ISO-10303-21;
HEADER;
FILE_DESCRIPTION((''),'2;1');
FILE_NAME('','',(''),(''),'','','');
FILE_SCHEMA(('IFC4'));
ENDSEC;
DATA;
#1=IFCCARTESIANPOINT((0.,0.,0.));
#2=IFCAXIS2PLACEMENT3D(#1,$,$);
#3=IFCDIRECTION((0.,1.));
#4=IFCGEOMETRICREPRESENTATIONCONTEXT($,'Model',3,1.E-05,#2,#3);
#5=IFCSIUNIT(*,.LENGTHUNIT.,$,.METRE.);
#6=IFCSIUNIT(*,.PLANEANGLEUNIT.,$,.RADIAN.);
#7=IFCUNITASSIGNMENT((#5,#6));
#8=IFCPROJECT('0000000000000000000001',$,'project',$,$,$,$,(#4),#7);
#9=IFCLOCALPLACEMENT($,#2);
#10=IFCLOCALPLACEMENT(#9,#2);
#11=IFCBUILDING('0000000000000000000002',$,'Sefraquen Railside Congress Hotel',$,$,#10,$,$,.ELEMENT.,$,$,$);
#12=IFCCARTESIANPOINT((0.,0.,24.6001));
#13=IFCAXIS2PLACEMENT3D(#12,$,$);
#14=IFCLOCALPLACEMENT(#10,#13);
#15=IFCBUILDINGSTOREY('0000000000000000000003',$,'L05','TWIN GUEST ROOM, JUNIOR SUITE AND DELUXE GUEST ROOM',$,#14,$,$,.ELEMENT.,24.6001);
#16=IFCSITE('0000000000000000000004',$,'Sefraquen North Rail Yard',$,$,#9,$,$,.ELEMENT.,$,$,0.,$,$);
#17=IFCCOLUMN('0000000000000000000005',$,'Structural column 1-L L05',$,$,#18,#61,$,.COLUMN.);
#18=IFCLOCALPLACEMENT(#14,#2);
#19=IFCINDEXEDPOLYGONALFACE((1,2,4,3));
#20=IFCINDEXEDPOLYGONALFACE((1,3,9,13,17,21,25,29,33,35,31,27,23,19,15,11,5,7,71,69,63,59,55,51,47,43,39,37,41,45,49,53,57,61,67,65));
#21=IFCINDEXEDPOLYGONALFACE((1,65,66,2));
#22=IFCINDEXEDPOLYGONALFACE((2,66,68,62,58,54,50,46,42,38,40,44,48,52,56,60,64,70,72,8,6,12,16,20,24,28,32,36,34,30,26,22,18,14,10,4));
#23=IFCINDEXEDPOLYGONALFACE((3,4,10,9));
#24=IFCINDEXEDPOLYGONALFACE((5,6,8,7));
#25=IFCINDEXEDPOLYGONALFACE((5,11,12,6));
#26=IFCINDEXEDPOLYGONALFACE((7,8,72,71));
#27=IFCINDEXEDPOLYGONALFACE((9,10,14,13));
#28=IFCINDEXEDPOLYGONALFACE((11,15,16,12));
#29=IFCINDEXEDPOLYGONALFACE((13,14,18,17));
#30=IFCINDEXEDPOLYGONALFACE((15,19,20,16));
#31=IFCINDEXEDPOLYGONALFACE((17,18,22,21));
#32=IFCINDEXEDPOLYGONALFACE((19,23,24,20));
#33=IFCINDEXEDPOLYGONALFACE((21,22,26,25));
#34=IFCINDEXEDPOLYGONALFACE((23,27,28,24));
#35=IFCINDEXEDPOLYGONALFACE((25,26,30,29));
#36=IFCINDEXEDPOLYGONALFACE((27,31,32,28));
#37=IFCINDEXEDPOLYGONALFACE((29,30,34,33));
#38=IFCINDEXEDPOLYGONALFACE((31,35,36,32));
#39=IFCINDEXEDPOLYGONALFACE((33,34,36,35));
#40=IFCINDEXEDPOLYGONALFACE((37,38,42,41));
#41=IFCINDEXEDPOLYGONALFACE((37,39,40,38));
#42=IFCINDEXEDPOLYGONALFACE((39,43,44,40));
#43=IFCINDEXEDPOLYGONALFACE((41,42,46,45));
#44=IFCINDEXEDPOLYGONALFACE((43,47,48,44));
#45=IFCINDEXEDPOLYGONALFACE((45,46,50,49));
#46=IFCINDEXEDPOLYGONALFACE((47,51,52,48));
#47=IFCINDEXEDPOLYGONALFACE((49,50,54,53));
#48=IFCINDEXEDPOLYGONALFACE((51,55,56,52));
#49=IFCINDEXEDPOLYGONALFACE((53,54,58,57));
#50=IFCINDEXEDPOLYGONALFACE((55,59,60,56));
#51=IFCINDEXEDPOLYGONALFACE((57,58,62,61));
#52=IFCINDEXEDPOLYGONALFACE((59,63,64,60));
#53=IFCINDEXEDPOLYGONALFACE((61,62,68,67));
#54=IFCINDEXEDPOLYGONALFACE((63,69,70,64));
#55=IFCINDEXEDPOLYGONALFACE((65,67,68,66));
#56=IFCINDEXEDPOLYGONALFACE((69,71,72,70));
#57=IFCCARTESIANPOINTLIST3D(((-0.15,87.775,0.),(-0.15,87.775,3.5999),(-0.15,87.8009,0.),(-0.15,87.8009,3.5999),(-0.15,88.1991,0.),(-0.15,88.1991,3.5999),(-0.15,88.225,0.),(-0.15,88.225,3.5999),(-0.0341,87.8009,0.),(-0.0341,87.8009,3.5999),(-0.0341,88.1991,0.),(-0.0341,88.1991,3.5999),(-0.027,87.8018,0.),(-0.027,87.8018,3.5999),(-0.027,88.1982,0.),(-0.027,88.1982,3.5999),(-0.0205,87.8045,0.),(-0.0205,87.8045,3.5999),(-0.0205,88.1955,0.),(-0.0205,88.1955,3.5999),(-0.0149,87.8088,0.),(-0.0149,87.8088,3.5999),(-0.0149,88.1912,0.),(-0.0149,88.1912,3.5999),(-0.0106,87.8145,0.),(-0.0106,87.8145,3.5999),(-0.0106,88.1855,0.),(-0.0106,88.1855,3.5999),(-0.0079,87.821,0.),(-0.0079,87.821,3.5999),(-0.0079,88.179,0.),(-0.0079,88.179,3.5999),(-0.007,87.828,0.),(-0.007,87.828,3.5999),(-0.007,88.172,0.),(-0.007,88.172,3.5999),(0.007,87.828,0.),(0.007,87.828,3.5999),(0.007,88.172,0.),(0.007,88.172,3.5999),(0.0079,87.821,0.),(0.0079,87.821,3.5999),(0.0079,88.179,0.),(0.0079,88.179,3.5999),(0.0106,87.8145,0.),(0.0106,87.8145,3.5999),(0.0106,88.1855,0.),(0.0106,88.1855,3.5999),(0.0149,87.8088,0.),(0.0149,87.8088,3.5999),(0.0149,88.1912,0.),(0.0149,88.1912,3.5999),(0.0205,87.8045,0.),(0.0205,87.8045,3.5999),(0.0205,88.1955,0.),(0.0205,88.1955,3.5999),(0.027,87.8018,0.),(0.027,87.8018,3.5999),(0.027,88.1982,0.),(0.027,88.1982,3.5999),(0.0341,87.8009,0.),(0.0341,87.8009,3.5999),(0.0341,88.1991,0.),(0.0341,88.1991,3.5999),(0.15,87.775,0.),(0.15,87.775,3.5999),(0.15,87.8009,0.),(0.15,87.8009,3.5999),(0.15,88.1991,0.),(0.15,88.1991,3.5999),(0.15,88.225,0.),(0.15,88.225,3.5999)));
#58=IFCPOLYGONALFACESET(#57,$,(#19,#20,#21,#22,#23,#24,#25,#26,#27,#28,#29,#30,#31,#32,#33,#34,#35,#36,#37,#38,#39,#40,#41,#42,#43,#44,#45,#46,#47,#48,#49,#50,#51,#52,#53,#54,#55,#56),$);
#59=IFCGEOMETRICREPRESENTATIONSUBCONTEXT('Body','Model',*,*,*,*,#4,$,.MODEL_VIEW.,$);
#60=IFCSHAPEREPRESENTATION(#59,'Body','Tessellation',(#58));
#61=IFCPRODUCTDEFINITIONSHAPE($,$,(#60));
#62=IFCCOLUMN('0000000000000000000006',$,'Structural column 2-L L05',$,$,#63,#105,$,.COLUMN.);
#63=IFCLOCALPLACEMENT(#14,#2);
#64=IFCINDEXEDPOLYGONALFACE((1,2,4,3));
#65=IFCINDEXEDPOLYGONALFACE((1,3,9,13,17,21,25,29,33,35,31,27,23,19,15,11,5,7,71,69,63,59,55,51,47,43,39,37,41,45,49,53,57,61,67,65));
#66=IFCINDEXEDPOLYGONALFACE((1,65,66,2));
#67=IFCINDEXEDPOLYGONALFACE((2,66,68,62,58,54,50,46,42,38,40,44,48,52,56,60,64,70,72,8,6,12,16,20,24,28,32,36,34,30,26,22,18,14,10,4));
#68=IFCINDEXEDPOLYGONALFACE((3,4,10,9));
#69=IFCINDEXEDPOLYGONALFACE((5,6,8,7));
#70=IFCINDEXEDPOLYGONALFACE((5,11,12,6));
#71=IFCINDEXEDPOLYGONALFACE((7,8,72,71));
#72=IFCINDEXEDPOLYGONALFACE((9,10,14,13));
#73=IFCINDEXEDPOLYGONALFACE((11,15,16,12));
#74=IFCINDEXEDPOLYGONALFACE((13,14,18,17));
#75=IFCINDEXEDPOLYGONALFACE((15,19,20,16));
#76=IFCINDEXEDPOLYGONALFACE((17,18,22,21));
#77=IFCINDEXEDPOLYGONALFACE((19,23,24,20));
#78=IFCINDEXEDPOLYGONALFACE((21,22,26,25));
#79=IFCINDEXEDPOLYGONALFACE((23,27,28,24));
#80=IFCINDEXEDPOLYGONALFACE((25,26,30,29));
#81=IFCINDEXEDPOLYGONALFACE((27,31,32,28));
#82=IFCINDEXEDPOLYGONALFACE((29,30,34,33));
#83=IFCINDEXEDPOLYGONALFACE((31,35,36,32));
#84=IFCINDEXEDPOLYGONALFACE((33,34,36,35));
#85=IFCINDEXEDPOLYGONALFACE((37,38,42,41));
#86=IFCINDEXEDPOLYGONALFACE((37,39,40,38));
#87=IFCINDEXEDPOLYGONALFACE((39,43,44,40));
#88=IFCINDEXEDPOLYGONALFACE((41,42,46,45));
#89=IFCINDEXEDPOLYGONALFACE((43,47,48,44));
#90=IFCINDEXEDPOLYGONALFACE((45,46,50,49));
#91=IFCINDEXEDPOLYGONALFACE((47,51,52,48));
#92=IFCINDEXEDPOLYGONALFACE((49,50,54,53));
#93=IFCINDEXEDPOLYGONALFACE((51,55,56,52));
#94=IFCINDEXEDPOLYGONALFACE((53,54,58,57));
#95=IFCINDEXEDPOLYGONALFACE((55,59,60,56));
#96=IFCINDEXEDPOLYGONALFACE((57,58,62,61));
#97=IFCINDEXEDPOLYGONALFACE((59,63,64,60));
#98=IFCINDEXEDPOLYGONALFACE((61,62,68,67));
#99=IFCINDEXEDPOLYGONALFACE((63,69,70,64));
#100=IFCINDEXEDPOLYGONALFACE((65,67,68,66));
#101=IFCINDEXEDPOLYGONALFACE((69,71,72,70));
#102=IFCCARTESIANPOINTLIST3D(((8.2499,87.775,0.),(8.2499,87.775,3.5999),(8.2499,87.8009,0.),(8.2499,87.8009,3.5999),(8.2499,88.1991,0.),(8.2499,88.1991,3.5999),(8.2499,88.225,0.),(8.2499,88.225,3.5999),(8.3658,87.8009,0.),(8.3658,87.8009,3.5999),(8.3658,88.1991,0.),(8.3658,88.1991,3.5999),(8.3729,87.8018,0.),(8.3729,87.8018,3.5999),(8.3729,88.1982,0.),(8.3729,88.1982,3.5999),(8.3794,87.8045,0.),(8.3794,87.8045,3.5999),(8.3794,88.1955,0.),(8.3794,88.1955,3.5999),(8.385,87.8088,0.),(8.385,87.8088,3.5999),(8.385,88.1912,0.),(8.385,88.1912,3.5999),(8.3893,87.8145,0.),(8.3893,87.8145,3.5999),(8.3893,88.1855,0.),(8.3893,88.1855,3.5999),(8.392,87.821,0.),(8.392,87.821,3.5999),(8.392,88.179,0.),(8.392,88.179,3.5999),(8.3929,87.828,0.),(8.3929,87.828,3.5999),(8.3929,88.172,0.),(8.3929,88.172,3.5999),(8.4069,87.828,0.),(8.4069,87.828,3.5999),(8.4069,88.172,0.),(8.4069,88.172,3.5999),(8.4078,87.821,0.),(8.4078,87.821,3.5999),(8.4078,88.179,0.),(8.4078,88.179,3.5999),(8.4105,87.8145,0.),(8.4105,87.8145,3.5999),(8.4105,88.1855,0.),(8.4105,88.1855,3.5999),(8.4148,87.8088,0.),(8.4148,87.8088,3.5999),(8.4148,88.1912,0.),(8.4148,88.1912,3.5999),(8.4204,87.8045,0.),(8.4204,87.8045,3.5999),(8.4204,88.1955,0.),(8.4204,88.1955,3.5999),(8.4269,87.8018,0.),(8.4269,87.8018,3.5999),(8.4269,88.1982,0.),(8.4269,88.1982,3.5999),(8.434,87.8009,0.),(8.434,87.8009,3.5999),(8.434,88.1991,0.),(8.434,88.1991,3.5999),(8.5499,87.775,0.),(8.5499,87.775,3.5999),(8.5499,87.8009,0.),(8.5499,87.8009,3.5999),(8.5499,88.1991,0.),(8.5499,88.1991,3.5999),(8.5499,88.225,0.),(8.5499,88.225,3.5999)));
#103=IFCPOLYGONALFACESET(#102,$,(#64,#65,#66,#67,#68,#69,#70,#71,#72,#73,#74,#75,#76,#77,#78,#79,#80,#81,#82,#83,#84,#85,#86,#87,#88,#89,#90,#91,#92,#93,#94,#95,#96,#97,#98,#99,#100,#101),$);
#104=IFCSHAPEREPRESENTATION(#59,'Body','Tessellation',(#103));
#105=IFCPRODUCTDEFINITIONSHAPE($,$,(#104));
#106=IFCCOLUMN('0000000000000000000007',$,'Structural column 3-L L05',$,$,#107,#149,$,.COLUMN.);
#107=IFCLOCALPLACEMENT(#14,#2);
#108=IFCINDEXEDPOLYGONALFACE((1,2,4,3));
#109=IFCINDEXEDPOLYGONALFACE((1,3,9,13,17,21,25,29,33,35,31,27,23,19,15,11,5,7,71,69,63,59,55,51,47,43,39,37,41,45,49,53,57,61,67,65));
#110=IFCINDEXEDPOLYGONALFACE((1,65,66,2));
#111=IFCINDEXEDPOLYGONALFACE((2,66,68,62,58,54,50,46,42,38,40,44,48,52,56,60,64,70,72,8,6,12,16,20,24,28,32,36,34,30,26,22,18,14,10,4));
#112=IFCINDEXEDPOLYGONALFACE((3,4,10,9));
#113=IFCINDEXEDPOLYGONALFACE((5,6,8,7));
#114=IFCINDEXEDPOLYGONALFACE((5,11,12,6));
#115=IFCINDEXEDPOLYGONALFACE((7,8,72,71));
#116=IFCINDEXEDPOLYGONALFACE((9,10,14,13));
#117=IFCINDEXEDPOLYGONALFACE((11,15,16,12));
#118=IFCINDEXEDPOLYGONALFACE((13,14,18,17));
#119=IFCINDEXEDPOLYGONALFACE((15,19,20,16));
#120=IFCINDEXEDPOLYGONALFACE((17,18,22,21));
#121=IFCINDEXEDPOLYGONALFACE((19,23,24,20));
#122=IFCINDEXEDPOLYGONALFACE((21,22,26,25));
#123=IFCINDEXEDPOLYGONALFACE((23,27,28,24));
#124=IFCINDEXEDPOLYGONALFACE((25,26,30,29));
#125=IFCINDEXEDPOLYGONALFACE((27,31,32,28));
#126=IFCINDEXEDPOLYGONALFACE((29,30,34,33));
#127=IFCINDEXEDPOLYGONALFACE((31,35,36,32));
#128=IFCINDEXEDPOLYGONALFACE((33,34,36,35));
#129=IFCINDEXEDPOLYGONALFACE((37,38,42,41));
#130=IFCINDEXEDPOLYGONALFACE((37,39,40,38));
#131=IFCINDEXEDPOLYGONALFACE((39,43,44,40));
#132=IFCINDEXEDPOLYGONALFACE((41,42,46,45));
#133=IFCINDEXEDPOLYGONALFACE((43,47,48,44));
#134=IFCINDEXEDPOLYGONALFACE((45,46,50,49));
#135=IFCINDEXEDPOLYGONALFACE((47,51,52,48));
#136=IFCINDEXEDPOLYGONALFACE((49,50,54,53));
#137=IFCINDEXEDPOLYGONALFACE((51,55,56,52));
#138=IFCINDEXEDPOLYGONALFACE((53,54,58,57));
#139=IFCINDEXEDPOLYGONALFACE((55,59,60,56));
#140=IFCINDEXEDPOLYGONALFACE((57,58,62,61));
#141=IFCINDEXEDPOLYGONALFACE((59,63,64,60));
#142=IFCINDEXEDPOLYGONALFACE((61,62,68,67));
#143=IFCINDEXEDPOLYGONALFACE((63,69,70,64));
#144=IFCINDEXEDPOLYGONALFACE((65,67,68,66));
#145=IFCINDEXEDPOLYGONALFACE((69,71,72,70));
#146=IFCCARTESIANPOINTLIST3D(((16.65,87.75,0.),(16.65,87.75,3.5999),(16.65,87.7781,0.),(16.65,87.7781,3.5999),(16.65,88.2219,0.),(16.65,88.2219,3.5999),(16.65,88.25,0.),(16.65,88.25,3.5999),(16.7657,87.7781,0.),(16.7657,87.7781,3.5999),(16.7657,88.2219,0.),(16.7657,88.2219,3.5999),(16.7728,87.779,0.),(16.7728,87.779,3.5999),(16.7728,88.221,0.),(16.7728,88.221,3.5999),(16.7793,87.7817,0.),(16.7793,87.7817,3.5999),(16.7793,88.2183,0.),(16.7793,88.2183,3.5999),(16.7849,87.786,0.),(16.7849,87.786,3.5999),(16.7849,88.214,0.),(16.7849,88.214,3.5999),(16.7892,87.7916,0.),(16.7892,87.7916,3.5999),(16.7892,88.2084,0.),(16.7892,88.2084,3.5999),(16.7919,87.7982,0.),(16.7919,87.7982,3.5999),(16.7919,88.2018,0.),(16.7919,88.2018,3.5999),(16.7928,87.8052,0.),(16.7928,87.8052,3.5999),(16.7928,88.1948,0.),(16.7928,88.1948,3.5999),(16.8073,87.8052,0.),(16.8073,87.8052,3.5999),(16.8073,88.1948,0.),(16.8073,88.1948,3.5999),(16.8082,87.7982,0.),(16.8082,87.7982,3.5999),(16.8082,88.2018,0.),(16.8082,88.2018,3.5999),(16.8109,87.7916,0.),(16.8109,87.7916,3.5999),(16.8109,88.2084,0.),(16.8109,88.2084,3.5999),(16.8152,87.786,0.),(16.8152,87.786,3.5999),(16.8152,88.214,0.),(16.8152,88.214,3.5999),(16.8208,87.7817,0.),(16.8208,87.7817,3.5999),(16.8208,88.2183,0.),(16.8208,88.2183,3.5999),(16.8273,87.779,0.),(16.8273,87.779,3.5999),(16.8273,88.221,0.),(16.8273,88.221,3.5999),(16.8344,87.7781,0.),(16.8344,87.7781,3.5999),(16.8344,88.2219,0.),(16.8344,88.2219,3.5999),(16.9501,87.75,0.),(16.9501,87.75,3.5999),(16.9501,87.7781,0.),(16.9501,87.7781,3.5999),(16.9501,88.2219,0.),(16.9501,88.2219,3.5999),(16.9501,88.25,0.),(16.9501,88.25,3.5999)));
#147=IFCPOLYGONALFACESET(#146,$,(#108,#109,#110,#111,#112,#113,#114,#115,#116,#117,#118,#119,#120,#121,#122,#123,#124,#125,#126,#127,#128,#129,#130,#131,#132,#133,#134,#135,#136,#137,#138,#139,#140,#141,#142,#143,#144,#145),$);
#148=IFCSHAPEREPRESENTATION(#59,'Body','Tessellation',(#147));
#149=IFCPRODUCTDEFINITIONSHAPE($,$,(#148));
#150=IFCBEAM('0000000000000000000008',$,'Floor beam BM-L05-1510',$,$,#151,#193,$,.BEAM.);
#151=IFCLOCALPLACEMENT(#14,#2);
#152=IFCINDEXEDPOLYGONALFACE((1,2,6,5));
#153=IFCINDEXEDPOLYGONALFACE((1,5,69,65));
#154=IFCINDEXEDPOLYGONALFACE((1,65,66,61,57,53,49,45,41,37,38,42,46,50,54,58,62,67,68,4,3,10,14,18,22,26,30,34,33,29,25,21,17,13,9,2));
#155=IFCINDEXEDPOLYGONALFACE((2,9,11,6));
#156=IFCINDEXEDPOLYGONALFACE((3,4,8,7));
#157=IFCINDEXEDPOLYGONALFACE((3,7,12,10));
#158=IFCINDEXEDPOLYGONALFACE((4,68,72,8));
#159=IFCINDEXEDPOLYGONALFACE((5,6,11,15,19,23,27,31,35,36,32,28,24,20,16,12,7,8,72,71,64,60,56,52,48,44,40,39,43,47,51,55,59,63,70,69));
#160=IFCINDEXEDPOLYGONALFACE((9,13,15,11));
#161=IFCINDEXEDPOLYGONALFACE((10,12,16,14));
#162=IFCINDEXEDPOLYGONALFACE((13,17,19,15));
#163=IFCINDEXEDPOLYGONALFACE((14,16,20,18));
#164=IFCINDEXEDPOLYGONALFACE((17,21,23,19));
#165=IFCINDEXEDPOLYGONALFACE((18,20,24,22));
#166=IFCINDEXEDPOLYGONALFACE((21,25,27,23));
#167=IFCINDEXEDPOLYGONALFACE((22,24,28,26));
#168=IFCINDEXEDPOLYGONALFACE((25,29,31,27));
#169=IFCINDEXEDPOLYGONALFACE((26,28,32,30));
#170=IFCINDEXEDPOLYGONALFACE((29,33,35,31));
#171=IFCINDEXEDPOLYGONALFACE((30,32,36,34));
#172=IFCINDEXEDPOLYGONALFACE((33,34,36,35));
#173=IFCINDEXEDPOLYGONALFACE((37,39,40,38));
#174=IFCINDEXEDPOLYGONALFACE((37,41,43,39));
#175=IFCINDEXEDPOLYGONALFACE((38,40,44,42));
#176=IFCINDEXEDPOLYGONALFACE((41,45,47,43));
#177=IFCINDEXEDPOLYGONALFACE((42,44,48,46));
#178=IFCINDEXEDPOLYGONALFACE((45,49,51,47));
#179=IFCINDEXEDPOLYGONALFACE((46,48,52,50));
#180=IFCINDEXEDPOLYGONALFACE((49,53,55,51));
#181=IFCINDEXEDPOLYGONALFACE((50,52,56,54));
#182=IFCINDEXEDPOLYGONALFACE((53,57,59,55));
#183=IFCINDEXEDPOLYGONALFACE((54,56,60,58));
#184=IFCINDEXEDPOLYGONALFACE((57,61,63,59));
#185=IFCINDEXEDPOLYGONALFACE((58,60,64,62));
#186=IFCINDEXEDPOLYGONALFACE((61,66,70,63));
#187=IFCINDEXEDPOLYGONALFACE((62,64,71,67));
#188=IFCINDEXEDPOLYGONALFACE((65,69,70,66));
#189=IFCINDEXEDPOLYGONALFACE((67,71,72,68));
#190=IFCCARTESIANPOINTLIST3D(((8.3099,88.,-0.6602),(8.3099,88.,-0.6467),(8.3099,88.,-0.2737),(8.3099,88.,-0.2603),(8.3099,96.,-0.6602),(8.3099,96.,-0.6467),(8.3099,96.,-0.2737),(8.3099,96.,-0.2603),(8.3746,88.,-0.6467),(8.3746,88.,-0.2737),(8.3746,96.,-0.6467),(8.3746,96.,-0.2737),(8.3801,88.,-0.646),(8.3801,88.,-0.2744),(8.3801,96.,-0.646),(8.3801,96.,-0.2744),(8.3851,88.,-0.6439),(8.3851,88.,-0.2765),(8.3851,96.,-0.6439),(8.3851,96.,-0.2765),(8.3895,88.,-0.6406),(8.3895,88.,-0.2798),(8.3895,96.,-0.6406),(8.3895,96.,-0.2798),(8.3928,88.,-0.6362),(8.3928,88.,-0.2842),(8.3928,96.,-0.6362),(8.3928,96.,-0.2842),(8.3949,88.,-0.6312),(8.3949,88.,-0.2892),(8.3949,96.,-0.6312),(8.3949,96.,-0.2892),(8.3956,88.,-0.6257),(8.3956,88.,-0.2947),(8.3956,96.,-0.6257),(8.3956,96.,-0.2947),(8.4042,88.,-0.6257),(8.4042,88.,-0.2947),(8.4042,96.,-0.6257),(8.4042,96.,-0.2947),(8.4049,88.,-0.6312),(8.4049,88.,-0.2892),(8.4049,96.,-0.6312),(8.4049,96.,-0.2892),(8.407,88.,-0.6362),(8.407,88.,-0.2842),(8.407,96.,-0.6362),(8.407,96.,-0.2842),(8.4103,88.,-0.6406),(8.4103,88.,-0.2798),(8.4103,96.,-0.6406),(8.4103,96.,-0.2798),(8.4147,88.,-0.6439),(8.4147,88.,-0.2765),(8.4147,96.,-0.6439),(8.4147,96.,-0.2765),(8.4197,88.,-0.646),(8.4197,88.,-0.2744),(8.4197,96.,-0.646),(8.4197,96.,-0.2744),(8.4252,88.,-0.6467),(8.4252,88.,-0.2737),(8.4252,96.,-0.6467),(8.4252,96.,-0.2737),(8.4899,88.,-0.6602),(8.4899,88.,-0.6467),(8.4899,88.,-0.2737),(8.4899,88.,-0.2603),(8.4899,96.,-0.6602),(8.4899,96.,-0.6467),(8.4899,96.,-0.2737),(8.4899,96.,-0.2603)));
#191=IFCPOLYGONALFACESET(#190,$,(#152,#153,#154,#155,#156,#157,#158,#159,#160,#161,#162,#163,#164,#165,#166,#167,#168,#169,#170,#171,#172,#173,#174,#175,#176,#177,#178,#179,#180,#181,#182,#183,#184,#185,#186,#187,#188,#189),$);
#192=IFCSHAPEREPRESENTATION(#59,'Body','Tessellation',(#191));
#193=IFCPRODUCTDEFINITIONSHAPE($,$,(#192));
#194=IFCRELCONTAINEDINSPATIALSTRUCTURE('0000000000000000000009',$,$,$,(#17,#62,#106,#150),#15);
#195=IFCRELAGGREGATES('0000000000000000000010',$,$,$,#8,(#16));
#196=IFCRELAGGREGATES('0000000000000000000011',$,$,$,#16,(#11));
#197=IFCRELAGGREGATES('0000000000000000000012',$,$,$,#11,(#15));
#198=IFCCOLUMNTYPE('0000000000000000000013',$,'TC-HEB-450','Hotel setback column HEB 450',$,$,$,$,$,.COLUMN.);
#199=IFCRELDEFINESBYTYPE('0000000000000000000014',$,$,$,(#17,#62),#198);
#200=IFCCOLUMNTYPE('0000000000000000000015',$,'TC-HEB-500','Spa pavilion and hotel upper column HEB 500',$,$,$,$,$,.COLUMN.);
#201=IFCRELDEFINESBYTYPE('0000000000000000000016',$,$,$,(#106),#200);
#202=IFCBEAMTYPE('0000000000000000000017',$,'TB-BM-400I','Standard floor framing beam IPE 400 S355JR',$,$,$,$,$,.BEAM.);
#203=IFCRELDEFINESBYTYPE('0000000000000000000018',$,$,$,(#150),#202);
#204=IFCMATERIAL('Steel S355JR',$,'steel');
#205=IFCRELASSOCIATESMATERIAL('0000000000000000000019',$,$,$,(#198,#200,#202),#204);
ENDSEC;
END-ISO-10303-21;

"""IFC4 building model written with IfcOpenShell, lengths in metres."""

from ifc_helpers import new_model, si_unit, direction, frame, origin, origin_2d, place, context, subcontext, project, spatial, i_section, extrude, material, material_profile, profile_set, type_object, element, save


model = new_model("IFC4")

# Units and contexts
model_context = context("Model", 3, precision=1e-05, world=origin(), true_north=direction((0.0, 1.0)))
body_context = subcontext(model_context, "Body", "Model", "MODEL_VIEW")
ifc_project = project(units=[si_unit("LENGTHUNIT", "METRE"), si_unit("PLANEANGLEUNIT", "RADIAN")], contexts=[model_context])

# Site, building, storey
site_placement = place(None, origin())
site = spatial("IfcSite", under=ifc_project, at=site_placement, Name="Sefraquen North Rail Yard", CompositionType="ELEMENT", RefElevation=0.0)
building_placement = place(site_placement, origin())
building = spatial("IfcBuilding", under=site, at=building_placement, Name="Sefraquen Railside Congress Hotel", CompositionType="ELEMENT")
storey_placement = place(building_placement, frame((0.0, 0.0, 24.6001)))
storey = spatial("IfcBuildingStorey", under=building, at=storey_placement, Name="L05", Description="TWIN GUEST ROOM, JUNIOR SUITE AND DELUXE GUEST ROOM", CompositionType="ELEMENT", Elevation=24.6001)

# Columns
ifc_material_1 = material(Name="Steel S355JR", Category="steel")
ifc_material_profile_1 = material_profile(ifc_material_1, i_section(OverallWidth=0.3, OverallDepth=0.45, WebThickness=0.0139, FlangeThickness=0.0259, FilletRadius=0.0271, at=origin_2d()), Name="HEB 450")
ifc_profile_set_1 = profile_set([ifc_material_profile_1], Name="Steel S355JR")
column_type_1 = type_object("IfcColumnType", Name="TC-HEB-450", Description="Hotel setback column HEB 450", PredefinedType="COLUMN", material=ifc_profile_set_1)
for number, where, z_axis, x_axis, name in (
    (1, (0.0, 88.0, 0.0), (0.0, 0.0, 1.0), (1.0, 0.0, 0.0), "Structural column 1-L L05"),
    (2, (8.3999, 88.0, 0.0), (0.0, 0.0, 1.0), (1.0, 0.0, 0.0), "Structural column 2-L L05"),
):
    element("IfcColumn", number, at=place(storey_placement, frame(where, z_axis=z_axis, x_axis=x_axis)), inside=storey, type_object=column_type_1, Name=name, PredefinedType="COLUMN", context=body_context, shape_type="SweptSolid", body=[
        extrude(i_section(OverallWidth=0.3, OverallDepth=0.45, WebThickness=0.0139, FlangeThickness=0.0259, FilletRadius=0.0271, at=origin_2d()), origin(), (0.0, 0.0, 1.0), 3.5999),
    ])
ifc_material_profile_2 = material_profile(ifc_material_1, i_section(OverallWidth=0.3, OverallDepth=0.5, WebThickness=0.0144, FlangeThickness=0.0281, FilletRadius=0.0271, at=origin_2d()), Name="HEB 500")
ifc_profile_set_2 = profile_set([ifc_material_profile_2], Name="Steel S355JR")
column_type_2 = type_object("IfcColumnType", Name="TC-HEB-500", Description="Spa pavilion and hotel upper column HEB 500", PredefinedType="COLUMN", material=ifc_profile_set_2)
column_placement = place(storey_placement, frame((16.8, 88.0, 0.0), z_axis=(0.0, 0.0, 1.0), x_axis=(1.0, 0.0, 0.0)))
element("IfcColumn", 3, at=column_placement, inside=storey, type_object=column_type_2, Name="Structural column 3-L L05", PredefinedType="COLUMN", context=body_context, shape_type="SweptSolid", body=[
    extrude(i_section(OverallWidth=0.3, OverallDepth=0.5, WebThickness=0.0144, FlangeThickness=0.0281, FilletRadius=0.0271, at=origin_2d()), origin(), (0.0, 0.0, 1.0), 3.5999),
])

# Beam
ifc_material_profile_3 = material_profile(ifc_material_1, i_section(OverallWidth=0.1799, OverallDepth=0.3999, WebThickness=0.0085, FlangeThickness=0.0134, FilletRadius=0.021, at=origin_2d()), Name="IPE 400")
ifc_profile_set_3 = profile_set([ifc_material_profile_3], Name="Steel S355JR")
beam_type_1 = type_object("IfcBeamType", Name="TB-BM-400I", Description="Standard floor framing beam IPE 400 S355JR", PredefinedType="BEAM", material=ifc_profile_set_3)
for number, where, z_axis, x_axis, name in (
    (4, (8.3999, 88.0, -0.4602), (0.0, 1.0, 0.0), (-1.0, 0.0, 0.0), "Floor beam BM-L05-1510"),
):
    element("IfcBeam", number, at=place(storey_placement, frame(where, z_axis=z_axis, x_axis=x_axis)), inside=storey, type_object=beam_type_1, Name=name, PredefinedType="BEAM", context=body_context, shape_type="SweptSolid", body=[
        extrude(i_section(OverallWidth=0.1799, OverallDepth=0.3999, WebThickness=0.0085, FlangeThickness=0.0134, FilletRadius=0.021, at=origin_2d()), origin(), (0.0, 0.0, 1.0), 8.0),
    ])

save(model, "model.ifc")
